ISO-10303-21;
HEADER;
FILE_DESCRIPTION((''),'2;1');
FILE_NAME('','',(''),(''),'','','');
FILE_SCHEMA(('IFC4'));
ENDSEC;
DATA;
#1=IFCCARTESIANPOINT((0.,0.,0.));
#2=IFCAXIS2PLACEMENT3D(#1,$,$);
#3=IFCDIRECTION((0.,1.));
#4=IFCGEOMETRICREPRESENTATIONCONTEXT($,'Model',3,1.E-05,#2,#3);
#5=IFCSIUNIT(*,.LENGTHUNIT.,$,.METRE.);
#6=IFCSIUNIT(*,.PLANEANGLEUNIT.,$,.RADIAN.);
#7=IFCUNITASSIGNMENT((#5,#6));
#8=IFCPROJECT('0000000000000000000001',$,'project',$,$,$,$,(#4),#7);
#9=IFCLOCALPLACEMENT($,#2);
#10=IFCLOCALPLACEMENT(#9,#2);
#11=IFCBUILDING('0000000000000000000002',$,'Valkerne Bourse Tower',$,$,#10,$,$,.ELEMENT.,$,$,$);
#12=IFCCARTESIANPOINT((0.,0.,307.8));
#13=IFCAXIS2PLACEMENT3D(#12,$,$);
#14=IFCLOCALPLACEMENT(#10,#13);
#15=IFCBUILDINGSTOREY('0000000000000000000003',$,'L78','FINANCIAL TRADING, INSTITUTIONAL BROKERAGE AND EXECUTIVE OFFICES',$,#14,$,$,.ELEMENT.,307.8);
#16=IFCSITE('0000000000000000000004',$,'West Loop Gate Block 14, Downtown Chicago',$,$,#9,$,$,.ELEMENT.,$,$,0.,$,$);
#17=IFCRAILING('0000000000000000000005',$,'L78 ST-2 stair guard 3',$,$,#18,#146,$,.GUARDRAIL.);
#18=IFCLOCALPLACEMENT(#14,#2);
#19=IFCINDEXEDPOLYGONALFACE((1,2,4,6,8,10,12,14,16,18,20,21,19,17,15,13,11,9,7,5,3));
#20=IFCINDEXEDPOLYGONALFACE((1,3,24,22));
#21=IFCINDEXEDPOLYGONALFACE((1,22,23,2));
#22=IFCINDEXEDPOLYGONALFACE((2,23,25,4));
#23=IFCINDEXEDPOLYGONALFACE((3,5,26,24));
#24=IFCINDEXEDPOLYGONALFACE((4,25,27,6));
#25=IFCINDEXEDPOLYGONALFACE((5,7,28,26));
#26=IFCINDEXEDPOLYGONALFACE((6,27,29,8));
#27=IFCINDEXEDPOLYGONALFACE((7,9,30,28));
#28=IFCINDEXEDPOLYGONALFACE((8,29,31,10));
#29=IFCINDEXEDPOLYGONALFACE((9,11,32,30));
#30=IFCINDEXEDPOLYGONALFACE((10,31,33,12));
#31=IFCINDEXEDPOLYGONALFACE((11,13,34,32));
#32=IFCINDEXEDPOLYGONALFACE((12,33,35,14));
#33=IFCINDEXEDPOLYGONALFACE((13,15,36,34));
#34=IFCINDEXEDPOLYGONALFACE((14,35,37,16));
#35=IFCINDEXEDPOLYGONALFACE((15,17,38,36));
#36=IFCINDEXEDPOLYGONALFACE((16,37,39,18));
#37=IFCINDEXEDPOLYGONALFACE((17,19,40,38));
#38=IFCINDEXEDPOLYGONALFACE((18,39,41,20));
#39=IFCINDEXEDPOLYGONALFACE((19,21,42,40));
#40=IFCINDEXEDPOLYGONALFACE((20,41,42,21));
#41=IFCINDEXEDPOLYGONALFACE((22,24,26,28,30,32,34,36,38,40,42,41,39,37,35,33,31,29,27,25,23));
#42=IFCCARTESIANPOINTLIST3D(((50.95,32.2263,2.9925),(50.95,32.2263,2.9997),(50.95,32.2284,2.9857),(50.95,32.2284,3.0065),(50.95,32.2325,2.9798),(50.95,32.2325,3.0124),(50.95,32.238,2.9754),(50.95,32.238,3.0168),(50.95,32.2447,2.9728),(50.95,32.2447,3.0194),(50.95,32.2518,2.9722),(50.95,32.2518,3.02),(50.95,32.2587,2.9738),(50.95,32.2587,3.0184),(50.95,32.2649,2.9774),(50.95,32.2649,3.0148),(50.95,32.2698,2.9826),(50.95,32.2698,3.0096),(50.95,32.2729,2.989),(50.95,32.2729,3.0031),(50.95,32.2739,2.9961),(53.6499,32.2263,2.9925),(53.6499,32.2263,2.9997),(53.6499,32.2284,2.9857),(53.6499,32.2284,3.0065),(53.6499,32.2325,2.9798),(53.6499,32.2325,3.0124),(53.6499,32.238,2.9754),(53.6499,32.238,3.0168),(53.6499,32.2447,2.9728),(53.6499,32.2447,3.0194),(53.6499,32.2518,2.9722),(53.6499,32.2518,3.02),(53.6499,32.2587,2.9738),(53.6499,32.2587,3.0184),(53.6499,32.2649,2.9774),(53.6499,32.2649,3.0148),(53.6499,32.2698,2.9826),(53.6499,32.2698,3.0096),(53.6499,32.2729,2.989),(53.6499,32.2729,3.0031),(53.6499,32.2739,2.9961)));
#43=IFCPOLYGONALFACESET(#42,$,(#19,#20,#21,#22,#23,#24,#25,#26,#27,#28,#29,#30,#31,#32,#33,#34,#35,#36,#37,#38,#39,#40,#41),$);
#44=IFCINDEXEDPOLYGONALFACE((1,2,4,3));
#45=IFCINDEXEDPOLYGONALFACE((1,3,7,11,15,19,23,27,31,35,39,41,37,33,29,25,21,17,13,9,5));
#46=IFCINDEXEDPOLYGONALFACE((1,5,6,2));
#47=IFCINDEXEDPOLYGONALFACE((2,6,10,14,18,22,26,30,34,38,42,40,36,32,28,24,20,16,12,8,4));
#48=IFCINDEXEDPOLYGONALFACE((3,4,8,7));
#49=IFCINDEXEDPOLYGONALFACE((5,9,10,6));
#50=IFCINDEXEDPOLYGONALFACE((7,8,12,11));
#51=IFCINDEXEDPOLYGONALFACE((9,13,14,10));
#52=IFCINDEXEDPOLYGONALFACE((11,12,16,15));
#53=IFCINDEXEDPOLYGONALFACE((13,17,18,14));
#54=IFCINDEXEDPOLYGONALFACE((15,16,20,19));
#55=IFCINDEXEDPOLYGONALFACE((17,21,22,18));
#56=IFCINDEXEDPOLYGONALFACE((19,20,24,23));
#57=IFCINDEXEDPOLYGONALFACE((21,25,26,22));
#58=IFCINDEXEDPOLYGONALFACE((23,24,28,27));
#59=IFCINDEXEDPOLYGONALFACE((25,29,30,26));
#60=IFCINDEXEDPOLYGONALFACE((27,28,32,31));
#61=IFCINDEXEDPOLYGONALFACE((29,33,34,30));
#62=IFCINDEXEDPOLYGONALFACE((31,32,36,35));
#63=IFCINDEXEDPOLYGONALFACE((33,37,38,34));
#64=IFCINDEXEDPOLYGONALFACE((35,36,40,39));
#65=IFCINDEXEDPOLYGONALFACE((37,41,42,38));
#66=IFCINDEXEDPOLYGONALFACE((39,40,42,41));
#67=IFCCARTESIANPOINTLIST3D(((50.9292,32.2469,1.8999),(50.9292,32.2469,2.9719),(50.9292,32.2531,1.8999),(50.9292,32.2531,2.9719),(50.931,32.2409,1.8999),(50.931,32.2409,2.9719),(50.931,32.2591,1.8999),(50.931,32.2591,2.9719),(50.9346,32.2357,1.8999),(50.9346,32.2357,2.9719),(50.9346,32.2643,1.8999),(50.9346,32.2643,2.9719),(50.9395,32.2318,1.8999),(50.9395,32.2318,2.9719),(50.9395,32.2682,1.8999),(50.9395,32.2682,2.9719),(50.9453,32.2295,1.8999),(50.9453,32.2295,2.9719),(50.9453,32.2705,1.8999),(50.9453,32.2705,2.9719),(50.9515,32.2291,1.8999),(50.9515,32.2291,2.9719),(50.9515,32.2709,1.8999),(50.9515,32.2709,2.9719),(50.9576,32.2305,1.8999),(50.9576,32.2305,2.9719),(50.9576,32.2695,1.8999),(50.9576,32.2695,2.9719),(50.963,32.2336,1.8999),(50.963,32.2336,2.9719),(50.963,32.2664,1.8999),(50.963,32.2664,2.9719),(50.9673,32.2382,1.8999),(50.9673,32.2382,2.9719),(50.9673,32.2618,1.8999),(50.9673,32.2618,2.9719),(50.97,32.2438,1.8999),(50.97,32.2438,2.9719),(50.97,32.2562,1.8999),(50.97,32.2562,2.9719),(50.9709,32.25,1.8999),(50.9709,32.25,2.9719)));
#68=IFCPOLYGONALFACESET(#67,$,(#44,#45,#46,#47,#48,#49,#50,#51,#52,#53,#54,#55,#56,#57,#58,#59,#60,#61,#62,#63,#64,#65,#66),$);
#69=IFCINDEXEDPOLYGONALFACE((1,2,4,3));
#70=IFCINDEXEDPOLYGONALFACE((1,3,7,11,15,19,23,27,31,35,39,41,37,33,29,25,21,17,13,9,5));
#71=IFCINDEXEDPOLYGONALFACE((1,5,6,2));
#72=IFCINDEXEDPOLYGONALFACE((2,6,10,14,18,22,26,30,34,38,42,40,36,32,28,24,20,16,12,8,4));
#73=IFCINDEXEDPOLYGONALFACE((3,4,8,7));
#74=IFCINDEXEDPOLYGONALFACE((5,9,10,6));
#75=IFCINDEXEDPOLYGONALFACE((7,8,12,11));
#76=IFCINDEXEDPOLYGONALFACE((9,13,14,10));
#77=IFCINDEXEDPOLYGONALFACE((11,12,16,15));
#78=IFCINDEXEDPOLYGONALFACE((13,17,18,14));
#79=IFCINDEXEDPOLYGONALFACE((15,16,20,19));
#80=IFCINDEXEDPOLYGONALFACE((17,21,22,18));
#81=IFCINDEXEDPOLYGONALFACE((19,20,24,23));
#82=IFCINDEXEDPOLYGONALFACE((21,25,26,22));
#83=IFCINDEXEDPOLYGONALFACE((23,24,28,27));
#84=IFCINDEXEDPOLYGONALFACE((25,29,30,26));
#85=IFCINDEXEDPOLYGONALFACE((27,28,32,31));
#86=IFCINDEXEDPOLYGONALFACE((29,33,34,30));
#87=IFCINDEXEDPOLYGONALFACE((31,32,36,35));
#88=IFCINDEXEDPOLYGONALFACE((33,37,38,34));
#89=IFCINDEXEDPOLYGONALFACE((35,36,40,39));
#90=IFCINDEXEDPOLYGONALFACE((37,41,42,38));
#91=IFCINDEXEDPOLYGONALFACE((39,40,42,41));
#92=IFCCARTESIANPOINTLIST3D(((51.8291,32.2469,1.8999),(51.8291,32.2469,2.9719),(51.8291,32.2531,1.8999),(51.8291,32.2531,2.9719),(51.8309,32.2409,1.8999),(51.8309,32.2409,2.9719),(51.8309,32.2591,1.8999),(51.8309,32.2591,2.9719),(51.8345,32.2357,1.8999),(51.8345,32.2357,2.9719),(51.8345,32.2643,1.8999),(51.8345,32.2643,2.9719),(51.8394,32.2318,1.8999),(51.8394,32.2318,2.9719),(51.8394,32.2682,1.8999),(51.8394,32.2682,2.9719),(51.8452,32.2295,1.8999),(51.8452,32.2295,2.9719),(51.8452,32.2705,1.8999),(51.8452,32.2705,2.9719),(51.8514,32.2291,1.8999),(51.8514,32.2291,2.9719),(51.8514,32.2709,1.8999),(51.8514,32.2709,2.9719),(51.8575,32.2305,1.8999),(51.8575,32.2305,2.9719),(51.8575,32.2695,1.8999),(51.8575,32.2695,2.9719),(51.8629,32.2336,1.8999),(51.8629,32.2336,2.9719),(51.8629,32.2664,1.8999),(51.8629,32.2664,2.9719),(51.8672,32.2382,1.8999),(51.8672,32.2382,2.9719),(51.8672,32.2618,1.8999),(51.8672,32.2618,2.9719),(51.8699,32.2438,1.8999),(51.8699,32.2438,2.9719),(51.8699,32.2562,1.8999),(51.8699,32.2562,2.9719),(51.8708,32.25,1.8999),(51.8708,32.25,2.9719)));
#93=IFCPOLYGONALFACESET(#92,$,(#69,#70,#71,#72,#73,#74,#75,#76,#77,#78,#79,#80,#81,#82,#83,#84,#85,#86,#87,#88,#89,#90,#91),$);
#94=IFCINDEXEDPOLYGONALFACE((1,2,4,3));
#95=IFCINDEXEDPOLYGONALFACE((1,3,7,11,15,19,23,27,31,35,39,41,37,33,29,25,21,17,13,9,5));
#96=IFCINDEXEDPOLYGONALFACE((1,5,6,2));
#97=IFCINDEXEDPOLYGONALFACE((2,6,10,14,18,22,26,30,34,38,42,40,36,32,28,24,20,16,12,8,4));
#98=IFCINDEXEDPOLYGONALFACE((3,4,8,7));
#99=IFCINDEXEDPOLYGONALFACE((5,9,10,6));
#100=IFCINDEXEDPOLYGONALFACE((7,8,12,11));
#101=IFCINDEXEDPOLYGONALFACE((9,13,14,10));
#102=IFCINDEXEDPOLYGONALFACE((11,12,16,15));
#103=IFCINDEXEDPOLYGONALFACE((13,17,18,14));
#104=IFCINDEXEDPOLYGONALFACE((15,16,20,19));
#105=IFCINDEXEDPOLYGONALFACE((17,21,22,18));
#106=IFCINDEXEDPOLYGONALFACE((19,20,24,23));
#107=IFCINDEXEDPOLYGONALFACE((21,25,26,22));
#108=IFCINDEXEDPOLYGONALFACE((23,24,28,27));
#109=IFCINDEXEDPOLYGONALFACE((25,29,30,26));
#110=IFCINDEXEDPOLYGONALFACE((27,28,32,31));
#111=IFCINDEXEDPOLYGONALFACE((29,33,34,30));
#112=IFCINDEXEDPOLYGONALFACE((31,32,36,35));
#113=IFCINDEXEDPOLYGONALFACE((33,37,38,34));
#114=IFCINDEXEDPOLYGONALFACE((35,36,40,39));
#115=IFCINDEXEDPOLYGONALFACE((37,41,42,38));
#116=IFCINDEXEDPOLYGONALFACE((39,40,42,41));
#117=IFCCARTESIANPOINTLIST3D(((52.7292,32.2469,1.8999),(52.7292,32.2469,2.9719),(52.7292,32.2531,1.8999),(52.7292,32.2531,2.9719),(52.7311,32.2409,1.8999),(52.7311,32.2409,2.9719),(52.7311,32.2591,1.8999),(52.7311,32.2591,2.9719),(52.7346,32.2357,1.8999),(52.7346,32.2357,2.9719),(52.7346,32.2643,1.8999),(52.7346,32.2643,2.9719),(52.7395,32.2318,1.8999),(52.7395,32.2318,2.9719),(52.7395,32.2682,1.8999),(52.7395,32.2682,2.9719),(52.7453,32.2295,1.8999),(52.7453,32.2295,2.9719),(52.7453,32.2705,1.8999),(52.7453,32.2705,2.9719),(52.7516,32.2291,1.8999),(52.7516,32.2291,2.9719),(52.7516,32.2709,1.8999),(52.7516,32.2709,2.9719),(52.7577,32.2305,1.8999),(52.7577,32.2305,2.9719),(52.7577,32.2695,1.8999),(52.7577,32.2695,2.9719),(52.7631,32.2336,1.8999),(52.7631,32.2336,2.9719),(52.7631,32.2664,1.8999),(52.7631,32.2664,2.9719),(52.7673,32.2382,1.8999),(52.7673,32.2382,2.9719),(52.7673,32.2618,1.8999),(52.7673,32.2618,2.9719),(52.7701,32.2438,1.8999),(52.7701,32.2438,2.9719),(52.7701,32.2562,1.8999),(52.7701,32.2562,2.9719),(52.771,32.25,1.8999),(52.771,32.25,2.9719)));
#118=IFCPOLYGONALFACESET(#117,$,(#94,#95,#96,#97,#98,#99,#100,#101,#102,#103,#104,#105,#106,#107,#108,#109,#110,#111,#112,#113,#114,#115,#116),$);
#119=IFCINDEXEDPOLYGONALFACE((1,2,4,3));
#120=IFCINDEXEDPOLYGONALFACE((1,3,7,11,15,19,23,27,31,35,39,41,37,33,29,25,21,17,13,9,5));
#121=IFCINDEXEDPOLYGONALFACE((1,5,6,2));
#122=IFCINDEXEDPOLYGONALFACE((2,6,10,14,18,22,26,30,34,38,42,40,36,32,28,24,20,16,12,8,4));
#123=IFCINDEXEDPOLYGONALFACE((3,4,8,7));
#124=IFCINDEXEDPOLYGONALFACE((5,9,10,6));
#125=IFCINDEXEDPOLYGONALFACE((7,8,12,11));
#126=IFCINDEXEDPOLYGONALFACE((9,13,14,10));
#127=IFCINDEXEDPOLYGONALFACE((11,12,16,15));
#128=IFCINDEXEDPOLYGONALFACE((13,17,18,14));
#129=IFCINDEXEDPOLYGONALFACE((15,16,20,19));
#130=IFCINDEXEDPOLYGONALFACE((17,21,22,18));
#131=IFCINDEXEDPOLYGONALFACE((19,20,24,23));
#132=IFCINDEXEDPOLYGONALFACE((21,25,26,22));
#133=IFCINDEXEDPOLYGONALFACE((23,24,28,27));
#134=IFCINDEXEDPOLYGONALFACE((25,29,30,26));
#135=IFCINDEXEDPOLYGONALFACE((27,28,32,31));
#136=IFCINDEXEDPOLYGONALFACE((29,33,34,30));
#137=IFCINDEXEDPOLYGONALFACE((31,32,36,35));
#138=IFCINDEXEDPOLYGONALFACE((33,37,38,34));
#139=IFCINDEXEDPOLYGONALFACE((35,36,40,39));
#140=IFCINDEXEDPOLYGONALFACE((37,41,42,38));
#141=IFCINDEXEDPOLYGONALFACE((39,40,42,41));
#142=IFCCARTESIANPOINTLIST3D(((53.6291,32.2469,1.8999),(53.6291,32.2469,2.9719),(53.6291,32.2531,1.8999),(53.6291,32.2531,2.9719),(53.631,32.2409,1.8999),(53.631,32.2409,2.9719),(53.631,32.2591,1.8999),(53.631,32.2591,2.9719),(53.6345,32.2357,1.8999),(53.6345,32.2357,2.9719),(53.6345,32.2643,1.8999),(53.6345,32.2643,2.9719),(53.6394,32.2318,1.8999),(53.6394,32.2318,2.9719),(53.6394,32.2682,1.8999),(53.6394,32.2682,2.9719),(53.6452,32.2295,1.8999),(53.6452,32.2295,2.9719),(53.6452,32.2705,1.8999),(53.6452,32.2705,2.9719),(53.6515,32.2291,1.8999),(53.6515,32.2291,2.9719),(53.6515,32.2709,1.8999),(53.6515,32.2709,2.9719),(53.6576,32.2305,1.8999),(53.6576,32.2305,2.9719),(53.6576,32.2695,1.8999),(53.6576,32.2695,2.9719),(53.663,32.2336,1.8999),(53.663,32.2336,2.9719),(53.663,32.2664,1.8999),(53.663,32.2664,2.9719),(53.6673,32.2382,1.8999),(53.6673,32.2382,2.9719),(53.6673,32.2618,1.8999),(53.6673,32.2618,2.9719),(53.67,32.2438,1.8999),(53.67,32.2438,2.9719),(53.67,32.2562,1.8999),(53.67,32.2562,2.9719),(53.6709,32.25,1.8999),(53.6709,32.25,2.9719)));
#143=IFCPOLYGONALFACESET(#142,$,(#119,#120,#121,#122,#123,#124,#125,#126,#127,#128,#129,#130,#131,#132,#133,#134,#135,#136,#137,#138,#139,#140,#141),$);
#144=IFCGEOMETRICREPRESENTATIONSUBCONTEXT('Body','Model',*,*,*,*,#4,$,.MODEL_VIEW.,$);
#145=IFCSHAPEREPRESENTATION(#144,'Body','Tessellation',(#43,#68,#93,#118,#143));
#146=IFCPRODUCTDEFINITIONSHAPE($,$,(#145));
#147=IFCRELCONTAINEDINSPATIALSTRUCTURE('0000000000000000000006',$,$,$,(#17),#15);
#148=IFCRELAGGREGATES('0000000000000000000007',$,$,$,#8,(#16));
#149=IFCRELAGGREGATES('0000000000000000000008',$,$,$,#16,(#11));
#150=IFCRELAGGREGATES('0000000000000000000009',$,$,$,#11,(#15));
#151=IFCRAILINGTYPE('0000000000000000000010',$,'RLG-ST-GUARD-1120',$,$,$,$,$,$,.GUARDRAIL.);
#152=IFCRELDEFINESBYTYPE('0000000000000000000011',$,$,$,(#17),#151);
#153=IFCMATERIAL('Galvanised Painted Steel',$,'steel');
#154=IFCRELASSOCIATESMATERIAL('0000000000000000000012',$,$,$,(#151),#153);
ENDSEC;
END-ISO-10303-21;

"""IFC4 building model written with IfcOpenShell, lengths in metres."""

from ifc_helpers import new_model, si_unit, direction, frame, origin, origin_2d, place, context, subcontext, project, spatial, circle, extrude, material, type_object, element, save


model = new_model("IFC4")

# Units and contexts
model_context = context("Model", 3, precision=1e-05, world=origin(), true_north=direction((0.0, 1.0)))
body_context = subcontext(model_context, "Body", "Model", "MODEL_VIEW")
ifc_project = project(units=[si_unit("LENGTHUNIT", "METRE"), si_unit("PLANEANGLEUNIT", "RADIAN")], contexts=[model_context])

# Site, building, storey
site_placement = place(None, origin())
site = spatial("IfcSite", under=ifc_project, at=site_placement, Name="West Loop Gate Block 14, Downtown Chicago", CompositionType="ELEMENT", RefElevation=0.0)
building_placement = place(site_placement, origin())
building = spatial("IfcBuilding", under=site, at=building_placement, Name="Valkerne Bourse Tower", CompositionType="ELEMENT")
storey_placement = place(building_placement, frame((0.0, 0.0, 307.8)))
storey = spatial("IfcBuildingStorey", under=building, at=storey_placement, Name="L78", Description="FINANCIAL TRADING, INSTITUTIONAL BROKERAGE AND EXECUTIVE OFFICES", CompositionType="ELEMENT", Elevation=307.8)

# Shared definitions
ifc_material_1 = material(Name="Galvanised Painted Steel", Category="steel")

# Railing
railing_type_1 = type_object("IfcRailingType", Name="RLG-ST-GUARD-1120", PredefinedType="GUARDRAIL", material=ifc_material_1)
for number, where, name in (
    (1, (50.95, 32.25, 1.8999), "L78 ST-2 stair guard 3"),
):
    element("IfcRailing", number, at=place(storey_placement, frame(where)), inside=storey, type_object=railing_type_1, Name=name, PredefinedType="GUARDRAIL", context=body_context, shape_type="SweptSolid", body=[
        extrude(circle(Radius=0.0239, at=origin_2d()), frame((0.0, 0.0, 1.0962), z_axis=(1.0, 0.0, 0.0), x_axis=(0.0, 1.0, 0.0)), (0.0, 0.0, 1.0), 2.7),
        extrude(circle(Radius=0.021, at=origin_2d()), origin(), (0.0, 0.0, 1.0), 1.072),
        extrude(circle(Radius=0.021, at=origin_2d()), frame((0.8999, 0.0, 0.0)), (0.0, 0.0, 1.0), 1.072),
        extrude(circle(Radius=0.021, at=origin_2d()), frame((1.8, 0.0, 0.0)), (0.0, 0.0, 1.0), 1.072),
        extrude(circle(Radius=0.021, at=origin_2d()), frame((2.7, 0.0, 0.0)), (0.0, 0.0, 1.0), 1.072),
    ])

save(model, "model.ifc")
